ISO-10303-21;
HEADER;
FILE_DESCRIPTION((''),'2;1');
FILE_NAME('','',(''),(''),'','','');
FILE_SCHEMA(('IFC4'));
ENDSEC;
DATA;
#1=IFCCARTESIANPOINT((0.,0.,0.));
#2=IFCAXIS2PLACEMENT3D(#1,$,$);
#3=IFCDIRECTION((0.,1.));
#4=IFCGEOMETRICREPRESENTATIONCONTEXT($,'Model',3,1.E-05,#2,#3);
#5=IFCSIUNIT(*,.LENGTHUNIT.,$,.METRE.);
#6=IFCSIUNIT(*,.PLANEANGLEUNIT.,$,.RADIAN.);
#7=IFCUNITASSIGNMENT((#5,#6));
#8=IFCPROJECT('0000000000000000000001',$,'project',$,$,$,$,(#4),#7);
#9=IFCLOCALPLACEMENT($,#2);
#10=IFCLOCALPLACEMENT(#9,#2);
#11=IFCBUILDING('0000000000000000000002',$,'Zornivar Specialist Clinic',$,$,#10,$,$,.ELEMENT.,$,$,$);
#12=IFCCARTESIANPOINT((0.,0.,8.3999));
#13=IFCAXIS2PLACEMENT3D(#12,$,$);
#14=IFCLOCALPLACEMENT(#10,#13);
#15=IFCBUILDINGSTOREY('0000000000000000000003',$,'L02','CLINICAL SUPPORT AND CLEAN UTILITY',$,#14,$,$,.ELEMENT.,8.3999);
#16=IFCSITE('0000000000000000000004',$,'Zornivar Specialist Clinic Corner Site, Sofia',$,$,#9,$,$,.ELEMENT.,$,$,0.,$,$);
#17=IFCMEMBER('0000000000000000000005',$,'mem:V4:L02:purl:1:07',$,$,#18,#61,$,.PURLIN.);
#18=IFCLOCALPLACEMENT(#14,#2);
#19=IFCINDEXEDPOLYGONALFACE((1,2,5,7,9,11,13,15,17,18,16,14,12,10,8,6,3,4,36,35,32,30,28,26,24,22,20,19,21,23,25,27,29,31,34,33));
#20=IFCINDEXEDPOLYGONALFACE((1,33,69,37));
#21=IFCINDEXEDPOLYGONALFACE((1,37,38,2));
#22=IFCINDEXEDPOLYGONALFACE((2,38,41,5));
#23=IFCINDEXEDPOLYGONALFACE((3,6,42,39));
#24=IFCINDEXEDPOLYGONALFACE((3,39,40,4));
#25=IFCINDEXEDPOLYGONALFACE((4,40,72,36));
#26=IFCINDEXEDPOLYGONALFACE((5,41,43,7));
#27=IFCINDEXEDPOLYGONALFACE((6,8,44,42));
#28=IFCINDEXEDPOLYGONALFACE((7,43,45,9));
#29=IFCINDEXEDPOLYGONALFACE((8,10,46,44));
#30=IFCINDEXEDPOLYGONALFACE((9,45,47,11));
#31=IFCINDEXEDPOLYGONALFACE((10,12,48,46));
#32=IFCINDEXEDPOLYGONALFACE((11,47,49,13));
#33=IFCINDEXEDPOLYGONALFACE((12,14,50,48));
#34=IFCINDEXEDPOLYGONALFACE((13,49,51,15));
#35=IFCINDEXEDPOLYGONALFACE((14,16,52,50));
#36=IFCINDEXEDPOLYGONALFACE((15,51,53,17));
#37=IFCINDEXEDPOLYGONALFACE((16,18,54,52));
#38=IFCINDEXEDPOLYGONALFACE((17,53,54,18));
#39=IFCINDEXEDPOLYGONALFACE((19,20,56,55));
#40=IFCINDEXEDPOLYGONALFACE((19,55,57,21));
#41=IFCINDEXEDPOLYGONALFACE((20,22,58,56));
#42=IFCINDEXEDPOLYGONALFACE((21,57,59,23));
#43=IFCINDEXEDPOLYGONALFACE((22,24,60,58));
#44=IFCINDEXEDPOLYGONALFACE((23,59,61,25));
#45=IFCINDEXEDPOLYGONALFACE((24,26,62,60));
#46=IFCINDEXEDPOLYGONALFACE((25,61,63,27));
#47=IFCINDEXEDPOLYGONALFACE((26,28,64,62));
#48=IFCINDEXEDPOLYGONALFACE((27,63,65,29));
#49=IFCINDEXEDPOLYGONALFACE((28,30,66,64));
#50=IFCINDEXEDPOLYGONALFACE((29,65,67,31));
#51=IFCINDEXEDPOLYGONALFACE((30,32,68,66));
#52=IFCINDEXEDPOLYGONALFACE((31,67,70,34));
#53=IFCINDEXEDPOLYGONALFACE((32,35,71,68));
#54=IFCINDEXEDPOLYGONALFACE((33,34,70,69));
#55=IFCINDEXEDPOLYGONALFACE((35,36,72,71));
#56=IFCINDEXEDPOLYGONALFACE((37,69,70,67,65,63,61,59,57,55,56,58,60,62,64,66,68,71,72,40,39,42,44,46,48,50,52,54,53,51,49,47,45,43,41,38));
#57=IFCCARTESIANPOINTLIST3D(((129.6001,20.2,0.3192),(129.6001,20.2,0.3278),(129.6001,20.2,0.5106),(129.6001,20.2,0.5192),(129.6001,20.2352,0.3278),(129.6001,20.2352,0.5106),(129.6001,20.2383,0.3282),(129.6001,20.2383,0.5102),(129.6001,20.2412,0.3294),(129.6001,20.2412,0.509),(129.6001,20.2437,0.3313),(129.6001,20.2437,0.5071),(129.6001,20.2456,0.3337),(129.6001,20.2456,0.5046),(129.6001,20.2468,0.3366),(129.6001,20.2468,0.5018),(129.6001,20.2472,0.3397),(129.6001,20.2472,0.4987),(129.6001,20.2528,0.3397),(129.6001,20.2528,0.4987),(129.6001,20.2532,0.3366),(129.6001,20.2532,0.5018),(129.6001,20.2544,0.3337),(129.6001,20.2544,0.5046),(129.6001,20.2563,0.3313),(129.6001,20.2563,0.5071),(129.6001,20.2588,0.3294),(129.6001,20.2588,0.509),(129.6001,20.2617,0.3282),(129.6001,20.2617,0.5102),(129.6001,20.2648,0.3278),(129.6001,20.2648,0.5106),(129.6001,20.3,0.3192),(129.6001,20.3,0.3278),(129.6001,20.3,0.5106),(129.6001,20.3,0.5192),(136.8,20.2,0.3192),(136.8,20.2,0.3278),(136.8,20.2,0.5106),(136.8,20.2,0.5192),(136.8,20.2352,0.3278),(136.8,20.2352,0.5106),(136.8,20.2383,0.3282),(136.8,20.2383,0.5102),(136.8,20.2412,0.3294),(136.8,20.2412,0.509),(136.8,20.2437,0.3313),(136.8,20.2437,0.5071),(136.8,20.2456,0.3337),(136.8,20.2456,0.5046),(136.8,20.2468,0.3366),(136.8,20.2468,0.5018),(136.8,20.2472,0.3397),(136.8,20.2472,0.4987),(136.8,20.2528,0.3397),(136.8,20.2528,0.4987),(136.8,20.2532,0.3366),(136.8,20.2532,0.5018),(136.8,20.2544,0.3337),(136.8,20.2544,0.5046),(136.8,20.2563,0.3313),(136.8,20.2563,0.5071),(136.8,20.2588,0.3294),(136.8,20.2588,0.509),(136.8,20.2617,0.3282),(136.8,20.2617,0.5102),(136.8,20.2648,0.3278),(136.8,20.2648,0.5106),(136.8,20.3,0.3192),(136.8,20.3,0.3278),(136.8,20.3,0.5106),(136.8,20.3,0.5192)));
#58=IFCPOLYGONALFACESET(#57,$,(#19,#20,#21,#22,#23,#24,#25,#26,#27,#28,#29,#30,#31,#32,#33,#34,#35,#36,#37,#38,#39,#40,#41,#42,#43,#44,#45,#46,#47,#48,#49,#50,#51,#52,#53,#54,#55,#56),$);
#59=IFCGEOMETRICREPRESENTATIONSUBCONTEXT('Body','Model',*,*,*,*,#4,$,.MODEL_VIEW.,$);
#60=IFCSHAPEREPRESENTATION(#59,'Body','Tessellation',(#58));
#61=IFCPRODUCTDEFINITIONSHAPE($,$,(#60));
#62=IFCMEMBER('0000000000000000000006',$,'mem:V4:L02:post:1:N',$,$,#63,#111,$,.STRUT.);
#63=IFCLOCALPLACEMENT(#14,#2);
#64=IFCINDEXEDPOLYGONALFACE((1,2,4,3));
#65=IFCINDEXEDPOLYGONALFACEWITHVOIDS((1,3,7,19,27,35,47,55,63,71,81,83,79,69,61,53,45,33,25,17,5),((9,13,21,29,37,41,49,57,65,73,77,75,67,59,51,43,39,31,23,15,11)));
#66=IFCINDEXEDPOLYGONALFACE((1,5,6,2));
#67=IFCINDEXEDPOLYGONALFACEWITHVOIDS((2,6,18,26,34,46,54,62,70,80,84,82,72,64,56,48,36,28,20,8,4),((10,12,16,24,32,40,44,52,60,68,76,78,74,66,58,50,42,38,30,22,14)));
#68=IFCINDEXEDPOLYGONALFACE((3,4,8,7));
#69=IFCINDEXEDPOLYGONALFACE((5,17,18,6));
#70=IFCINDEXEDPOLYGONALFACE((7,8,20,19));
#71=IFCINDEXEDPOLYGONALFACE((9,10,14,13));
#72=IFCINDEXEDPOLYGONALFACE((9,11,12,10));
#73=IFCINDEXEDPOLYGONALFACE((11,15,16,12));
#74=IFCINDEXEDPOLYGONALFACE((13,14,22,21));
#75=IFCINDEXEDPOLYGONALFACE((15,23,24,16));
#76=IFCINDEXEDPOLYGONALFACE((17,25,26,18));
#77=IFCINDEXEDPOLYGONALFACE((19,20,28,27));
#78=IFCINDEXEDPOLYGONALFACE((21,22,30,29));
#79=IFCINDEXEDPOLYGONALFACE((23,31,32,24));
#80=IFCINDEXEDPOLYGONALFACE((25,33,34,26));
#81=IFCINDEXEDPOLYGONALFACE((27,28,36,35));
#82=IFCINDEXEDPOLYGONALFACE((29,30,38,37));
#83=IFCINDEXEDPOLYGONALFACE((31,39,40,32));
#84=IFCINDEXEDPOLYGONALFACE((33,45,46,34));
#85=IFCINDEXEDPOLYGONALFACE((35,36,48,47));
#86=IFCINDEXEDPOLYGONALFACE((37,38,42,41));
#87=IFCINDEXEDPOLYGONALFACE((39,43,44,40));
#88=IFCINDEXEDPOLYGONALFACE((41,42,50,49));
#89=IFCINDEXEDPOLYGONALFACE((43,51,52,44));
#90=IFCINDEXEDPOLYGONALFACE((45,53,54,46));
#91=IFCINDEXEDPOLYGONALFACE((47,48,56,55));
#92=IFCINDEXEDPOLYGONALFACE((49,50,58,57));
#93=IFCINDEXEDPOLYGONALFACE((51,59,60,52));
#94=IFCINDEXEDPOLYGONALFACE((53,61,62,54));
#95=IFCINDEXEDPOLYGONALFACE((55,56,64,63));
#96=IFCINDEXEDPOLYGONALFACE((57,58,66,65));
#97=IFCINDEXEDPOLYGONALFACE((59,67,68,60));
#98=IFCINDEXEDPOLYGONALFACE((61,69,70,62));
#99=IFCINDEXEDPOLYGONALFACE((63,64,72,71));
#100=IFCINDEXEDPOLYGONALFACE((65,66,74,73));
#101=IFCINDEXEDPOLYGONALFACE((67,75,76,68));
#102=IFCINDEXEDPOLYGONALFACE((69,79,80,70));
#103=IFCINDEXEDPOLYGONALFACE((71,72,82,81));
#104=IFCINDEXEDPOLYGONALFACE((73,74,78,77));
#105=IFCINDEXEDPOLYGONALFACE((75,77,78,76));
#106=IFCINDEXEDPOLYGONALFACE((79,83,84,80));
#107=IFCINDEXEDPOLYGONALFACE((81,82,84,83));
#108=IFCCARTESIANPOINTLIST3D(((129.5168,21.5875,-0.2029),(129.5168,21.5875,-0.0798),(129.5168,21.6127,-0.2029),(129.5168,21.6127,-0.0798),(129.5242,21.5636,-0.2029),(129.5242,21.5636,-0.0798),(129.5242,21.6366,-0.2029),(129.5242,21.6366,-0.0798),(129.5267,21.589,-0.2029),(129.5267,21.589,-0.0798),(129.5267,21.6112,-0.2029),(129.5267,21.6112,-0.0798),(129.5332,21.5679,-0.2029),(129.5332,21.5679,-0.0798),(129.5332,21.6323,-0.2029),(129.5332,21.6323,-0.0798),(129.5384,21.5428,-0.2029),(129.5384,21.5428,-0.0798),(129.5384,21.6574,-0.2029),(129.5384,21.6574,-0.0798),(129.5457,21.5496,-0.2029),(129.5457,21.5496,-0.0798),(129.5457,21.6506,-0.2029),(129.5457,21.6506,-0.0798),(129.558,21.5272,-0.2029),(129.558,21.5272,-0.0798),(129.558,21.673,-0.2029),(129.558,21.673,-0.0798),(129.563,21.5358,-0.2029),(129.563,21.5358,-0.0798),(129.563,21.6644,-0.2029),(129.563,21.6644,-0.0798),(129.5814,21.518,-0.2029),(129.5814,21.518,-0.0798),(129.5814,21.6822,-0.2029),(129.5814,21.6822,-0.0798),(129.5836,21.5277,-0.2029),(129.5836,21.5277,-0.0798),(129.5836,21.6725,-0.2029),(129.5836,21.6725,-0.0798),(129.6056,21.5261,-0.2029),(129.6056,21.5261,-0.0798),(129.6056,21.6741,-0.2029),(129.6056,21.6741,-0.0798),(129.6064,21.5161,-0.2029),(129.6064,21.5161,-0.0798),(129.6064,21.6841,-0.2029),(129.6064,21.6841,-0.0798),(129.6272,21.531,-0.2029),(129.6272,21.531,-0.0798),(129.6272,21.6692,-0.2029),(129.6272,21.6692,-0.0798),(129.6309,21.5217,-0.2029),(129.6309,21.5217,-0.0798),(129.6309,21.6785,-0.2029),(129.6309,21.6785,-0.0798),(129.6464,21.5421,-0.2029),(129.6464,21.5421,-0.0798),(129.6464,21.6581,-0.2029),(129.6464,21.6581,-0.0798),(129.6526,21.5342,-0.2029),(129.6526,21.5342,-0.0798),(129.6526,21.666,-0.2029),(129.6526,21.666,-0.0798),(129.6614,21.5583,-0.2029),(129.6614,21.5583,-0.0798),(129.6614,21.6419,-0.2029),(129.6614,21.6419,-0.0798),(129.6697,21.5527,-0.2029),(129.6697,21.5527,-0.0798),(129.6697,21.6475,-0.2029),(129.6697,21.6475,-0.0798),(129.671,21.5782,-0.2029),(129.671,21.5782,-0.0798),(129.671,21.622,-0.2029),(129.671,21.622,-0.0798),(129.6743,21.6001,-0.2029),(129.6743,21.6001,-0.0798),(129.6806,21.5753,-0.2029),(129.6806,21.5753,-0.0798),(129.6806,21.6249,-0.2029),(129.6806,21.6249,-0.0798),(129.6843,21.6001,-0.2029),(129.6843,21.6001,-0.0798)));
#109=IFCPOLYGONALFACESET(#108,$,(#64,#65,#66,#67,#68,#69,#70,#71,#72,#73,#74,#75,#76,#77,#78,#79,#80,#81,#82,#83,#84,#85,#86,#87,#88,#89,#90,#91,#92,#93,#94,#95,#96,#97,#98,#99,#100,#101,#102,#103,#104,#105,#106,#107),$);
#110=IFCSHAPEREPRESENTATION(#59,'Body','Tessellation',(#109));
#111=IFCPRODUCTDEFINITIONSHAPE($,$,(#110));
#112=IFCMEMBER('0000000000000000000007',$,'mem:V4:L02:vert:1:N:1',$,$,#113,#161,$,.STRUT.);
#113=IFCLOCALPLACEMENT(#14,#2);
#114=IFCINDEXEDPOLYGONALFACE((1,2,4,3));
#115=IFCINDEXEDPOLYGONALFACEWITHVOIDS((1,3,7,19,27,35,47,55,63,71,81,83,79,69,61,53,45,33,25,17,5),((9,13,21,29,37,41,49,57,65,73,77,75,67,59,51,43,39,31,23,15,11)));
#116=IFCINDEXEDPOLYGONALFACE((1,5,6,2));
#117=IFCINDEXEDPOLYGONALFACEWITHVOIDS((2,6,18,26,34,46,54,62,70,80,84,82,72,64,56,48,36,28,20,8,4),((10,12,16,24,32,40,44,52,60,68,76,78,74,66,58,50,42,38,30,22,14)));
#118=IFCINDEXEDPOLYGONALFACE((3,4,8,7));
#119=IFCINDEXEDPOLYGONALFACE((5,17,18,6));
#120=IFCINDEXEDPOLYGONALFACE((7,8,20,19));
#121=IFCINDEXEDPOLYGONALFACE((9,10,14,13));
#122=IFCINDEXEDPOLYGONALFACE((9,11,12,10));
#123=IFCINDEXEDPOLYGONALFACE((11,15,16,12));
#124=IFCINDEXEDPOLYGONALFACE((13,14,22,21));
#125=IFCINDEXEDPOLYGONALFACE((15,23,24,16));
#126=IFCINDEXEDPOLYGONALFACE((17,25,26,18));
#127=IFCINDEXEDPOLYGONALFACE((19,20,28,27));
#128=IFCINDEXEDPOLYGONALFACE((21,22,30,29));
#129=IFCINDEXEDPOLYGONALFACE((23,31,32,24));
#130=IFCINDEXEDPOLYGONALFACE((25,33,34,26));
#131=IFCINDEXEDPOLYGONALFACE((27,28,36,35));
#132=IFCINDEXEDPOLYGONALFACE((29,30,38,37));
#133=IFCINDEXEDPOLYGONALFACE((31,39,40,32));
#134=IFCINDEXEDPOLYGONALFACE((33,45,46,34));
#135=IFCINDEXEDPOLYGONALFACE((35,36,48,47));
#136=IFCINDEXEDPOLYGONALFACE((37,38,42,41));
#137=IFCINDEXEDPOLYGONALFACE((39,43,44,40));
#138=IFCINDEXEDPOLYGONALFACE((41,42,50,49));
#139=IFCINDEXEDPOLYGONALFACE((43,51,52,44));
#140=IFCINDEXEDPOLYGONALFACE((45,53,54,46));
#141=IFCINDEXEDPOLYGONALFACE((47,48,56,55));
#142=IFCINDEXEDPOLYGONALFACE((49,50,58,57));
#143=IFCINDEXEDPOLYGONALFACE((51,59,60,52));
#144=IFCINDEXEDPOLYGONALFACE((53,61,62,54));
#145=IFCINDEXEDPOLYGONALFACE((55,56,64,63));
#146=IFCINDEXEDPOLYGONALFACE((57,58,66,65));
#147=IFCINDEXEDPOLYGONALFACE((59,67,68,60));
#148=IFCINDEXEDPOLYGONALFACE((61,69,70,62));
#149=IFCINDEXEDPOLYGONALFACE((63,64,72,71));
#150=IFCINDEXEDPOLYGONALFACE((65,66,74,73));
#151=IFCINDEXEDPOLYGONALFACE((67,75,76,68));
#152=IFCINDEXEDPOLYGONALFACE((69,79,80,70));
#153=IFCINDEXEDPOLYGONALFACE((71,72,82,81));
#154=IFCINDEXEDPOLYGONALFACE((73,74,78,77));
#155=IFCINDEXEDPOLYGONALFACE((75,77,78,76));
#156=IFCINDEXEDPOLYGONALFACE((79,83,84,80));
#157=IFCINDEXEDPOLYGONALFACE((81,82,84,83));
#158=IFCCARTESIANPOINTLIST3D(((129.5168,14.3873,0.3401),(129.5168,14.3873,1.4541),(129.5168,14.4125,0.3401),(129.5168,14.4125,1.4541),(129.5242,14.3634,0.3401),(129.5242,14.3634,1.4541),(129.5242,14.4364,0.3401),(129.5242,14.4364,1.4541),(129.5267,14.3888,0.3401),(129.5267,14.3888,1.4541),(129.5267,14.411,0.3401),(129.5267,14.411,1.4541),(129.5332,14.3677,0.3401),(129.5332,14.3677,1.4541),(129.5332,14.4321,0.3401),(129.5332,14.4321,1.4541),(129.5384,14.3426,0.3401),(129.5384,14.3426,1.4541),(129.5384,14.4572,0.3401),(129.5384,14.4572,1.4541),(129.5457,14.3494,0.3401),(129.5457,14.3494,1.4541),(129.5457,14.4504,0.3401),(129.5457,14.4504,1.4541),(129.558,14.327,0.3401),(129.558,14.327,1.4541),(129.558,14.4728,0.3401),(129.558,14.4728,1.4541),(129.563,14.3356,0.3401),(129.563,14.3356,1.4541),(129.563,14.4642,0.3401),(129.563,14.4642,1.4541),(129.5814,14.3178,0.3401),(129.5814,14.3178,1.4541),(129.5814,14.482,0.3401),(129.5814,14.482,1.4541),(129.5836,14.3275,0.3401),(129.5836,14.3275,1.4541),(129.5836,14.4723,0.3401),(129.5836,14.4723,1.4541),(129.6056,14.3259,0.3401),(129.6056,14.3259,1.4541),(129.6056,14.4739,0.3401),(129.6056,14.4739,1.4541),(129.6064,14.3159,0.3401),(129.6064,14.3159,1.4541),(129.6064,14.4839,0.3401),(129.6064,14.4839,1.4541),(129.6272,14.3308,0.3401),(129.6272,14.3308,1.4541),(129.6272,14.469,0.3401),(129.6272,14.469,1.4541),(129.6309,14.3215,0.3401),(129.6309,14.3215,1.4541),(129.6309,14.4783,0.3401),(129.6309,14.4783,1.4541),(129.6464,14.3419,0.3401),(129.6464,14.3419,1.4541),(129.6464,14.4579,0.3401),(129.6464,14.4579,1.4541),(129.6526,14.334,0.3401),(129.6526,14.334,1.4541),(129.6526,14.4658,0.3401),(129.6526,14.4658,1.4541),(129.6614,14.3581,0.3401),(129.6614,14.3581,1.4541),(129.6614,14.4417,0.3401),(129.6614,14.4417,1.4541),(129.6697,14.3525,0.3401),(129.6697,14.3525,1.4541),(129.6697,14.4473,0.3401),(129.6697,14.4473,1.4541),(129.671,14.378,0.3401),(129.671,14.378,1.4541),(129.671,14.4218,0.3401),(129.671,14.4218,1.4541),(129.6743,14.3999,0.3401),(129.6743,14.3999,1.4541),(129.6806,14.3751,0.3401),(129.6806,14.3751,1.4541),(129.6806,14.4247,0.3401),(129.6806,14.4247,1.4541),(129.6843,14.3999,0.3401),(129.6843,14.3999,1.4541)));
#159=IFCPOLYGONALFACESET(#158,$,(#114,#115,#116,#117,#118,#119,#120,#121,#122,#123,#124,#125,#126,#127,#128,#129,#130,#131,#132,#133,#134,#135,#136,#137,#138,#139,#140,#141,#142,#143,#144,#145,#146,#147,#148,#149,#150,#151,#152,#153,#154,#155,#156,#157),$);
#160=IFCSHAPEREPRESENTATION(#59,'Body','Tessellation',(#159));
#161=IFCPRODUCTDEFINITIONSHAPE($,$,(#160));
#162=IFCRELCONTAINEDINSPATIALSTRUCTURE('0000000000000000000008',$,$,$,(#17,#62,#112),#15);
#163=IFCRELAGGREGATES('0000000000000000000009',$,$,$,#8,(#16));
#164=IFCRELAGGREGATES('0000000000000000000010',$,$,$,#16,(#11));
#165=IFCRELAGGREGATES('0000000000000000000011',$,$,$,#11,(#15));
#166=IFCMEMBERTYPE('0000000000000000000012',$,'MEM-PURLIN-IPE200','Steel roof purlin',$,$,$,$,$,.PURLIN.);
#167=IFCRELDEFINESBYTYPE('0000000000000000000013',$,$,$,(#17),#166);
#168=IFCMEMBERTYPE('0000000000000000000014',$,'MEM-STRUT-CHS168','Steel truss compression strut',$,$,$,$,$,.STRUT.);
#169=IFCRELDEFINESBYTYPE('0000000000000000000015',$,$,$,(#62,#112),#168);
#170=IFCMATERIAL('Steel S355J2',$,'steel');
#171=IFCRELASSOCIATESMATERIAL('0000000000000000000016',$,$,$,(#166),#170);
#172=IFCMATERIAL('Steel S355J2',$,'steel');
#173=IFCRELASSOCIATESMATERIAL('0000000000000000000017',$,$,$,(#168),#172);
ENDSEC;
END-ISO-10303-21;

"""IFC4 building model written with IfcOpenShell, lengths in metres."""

from ifc_helpers import new_model, si_unit, direction, frame, origin, origin_2d, place, context, subcontext, project, spatial, hollow_circle, i_section, extrude, material, material_profile, profile_set, type_object, element, save


model = new_model("IFC4")

# Units and contexts
model_context = context("Model", 3, precision=1e-05, world=origin(), true_north=direction((0.0, 1.0)))
body_context = subcontext(model_context, "Body", "Model", "MODEL_VIEW")
ifc_project = project(units=[si_unit("LENGTHUNIT", "METRE"), si_unit("PLANEANGLEUNIT", "RADIAN")], contexts=[model_context])

# Site, building, storey
site_placement = place(None, origin())
site = spatial("IfcSite", under=ifc_project, at=site_placement, Name="Zornivar Specialist Clinic Corner Site, Sofia", CompositionType="ELEMENT", RefElevation=0.0)
building_placement = place(site_placement, origin())
building = spatial("IfcBuilding", under=site, at=building_placement, Name="Zornivar Specialist Clinic", CompositionType="ELEMENT")
storey_placement = place(building_placement, frame((0.0, 0.0, 8.3999)))
storey = spatial("IfcBuildingStorey", under=building, at=storey_placement, Name="L02", Description="CLINICAL SUPPORT AND CLEAN UTILITY", CompositionType="ELEMENT", Elevation=8.3999)

# Members
ifc_material_1 = material(Name="Steel S355J2", Category="steel")
ifc_material_profile_1 = material_profile(ifc_material_1, i_section(OverallWidth=0.1001, OverallDepth=0.2, WebThickness=0.0056, FlangeThickness=0.0085, FilletRadius=0.012, at=origin_2d()), Name="IPE 200")
ifc_profile_set_1 = profile_set([ifc_material_profile_1], Name="Steel S355J2")
member_type_1 = type_object("IfcMemberType", Name="MEM-PURLIN-IPE200", Description="Steel roof purlin", PredefinedType="PURLIN", material=ifc_profile_set_1)
for number, where, z_axis, x_axis, name in (
    (1, (129.6001, 20.25, 0.4192), (1.0, 0.0, 0.0), (0.0, 1.0, 0.0), "mem:V4:L02:purl:1:07"),
):
    element("IfcMember", number, at=place(storey_placement, frame(where, z_axis=z_axis, x_axis=x_axis)), inside=storey, type_object=member_type_1, Name=name, PredefinedType="PURLIN", context=body_context, shape_type="SweptSolid", body=[
        extrude(i_section(OverallWidth=0.1001, OverallDepth=0.2, WebThickness=0.0056, FlangeThickness=0.0085, FilletRadius=0.012, at=origin_2d()), origin(), (0.0, 0.0, 1.0), 7.2),
    ])
ifc_material_2 = material(Name="Steel S355J2", Category="steel")
ifc_material_profile_2 = material_profile(ifc_material_2, hollow_circle(Radius=0.0842, WallThickness=0.01, at=origin_2d()), Name="CHS 168.3x10")
ifc_profile_set_2 = profile_set([ifc_material_profile_2], Name="Steel S355J2")
member_type_2 = type_object("IfcMemberType", Name="MEM-STRUT-CHS168", Description="Steel truss compression strut", PredefinedType="STRUT", material=ifc_profile_set_2)
member_1_placement = place(storey_placement, frame((129.6001, 21.6001, -0.0798), z_axis=(0.0, 0.0, -1.0), x_axis=(1.0, 0.0, 0.0)))
element("IfcMember", 2, at=member_1_placement, inside=storey, type_object=member_type_2, Name="mem:V4:L02:post:1:N", PredefinedType="STRUT", context=body_context, shape_type="SweptSolid", body=[
    extrude(hollow_circle(Radius=0.0842, WallThickness=0.01, at=origin_2d()), origin(), (0.0, 0.0, 1.0), 0.123),
])
member_2_placement = place(storey_placement, frame((129.6001, 14.3999, 0.3401), z_axis=(0.0, 0.0, 1.0), x_axis=(1.0, 0.0, 0.0)))
element("IfcMember", 3, at=member_2_placement, inside=storey, type_object=member_type_2, Name="mem:V4:L02:vert:1:N:1", PredefinedType="STRUT", context=body_context, shape_type="SweptSolid", body=[
    extrude(hollow_circle(Radius=0.0842, WallThickness=0.01, at=origin_2d()), origin(), (0.0, 0.0, 1.0), 1.114),
])

save(model, "model.ifc")
